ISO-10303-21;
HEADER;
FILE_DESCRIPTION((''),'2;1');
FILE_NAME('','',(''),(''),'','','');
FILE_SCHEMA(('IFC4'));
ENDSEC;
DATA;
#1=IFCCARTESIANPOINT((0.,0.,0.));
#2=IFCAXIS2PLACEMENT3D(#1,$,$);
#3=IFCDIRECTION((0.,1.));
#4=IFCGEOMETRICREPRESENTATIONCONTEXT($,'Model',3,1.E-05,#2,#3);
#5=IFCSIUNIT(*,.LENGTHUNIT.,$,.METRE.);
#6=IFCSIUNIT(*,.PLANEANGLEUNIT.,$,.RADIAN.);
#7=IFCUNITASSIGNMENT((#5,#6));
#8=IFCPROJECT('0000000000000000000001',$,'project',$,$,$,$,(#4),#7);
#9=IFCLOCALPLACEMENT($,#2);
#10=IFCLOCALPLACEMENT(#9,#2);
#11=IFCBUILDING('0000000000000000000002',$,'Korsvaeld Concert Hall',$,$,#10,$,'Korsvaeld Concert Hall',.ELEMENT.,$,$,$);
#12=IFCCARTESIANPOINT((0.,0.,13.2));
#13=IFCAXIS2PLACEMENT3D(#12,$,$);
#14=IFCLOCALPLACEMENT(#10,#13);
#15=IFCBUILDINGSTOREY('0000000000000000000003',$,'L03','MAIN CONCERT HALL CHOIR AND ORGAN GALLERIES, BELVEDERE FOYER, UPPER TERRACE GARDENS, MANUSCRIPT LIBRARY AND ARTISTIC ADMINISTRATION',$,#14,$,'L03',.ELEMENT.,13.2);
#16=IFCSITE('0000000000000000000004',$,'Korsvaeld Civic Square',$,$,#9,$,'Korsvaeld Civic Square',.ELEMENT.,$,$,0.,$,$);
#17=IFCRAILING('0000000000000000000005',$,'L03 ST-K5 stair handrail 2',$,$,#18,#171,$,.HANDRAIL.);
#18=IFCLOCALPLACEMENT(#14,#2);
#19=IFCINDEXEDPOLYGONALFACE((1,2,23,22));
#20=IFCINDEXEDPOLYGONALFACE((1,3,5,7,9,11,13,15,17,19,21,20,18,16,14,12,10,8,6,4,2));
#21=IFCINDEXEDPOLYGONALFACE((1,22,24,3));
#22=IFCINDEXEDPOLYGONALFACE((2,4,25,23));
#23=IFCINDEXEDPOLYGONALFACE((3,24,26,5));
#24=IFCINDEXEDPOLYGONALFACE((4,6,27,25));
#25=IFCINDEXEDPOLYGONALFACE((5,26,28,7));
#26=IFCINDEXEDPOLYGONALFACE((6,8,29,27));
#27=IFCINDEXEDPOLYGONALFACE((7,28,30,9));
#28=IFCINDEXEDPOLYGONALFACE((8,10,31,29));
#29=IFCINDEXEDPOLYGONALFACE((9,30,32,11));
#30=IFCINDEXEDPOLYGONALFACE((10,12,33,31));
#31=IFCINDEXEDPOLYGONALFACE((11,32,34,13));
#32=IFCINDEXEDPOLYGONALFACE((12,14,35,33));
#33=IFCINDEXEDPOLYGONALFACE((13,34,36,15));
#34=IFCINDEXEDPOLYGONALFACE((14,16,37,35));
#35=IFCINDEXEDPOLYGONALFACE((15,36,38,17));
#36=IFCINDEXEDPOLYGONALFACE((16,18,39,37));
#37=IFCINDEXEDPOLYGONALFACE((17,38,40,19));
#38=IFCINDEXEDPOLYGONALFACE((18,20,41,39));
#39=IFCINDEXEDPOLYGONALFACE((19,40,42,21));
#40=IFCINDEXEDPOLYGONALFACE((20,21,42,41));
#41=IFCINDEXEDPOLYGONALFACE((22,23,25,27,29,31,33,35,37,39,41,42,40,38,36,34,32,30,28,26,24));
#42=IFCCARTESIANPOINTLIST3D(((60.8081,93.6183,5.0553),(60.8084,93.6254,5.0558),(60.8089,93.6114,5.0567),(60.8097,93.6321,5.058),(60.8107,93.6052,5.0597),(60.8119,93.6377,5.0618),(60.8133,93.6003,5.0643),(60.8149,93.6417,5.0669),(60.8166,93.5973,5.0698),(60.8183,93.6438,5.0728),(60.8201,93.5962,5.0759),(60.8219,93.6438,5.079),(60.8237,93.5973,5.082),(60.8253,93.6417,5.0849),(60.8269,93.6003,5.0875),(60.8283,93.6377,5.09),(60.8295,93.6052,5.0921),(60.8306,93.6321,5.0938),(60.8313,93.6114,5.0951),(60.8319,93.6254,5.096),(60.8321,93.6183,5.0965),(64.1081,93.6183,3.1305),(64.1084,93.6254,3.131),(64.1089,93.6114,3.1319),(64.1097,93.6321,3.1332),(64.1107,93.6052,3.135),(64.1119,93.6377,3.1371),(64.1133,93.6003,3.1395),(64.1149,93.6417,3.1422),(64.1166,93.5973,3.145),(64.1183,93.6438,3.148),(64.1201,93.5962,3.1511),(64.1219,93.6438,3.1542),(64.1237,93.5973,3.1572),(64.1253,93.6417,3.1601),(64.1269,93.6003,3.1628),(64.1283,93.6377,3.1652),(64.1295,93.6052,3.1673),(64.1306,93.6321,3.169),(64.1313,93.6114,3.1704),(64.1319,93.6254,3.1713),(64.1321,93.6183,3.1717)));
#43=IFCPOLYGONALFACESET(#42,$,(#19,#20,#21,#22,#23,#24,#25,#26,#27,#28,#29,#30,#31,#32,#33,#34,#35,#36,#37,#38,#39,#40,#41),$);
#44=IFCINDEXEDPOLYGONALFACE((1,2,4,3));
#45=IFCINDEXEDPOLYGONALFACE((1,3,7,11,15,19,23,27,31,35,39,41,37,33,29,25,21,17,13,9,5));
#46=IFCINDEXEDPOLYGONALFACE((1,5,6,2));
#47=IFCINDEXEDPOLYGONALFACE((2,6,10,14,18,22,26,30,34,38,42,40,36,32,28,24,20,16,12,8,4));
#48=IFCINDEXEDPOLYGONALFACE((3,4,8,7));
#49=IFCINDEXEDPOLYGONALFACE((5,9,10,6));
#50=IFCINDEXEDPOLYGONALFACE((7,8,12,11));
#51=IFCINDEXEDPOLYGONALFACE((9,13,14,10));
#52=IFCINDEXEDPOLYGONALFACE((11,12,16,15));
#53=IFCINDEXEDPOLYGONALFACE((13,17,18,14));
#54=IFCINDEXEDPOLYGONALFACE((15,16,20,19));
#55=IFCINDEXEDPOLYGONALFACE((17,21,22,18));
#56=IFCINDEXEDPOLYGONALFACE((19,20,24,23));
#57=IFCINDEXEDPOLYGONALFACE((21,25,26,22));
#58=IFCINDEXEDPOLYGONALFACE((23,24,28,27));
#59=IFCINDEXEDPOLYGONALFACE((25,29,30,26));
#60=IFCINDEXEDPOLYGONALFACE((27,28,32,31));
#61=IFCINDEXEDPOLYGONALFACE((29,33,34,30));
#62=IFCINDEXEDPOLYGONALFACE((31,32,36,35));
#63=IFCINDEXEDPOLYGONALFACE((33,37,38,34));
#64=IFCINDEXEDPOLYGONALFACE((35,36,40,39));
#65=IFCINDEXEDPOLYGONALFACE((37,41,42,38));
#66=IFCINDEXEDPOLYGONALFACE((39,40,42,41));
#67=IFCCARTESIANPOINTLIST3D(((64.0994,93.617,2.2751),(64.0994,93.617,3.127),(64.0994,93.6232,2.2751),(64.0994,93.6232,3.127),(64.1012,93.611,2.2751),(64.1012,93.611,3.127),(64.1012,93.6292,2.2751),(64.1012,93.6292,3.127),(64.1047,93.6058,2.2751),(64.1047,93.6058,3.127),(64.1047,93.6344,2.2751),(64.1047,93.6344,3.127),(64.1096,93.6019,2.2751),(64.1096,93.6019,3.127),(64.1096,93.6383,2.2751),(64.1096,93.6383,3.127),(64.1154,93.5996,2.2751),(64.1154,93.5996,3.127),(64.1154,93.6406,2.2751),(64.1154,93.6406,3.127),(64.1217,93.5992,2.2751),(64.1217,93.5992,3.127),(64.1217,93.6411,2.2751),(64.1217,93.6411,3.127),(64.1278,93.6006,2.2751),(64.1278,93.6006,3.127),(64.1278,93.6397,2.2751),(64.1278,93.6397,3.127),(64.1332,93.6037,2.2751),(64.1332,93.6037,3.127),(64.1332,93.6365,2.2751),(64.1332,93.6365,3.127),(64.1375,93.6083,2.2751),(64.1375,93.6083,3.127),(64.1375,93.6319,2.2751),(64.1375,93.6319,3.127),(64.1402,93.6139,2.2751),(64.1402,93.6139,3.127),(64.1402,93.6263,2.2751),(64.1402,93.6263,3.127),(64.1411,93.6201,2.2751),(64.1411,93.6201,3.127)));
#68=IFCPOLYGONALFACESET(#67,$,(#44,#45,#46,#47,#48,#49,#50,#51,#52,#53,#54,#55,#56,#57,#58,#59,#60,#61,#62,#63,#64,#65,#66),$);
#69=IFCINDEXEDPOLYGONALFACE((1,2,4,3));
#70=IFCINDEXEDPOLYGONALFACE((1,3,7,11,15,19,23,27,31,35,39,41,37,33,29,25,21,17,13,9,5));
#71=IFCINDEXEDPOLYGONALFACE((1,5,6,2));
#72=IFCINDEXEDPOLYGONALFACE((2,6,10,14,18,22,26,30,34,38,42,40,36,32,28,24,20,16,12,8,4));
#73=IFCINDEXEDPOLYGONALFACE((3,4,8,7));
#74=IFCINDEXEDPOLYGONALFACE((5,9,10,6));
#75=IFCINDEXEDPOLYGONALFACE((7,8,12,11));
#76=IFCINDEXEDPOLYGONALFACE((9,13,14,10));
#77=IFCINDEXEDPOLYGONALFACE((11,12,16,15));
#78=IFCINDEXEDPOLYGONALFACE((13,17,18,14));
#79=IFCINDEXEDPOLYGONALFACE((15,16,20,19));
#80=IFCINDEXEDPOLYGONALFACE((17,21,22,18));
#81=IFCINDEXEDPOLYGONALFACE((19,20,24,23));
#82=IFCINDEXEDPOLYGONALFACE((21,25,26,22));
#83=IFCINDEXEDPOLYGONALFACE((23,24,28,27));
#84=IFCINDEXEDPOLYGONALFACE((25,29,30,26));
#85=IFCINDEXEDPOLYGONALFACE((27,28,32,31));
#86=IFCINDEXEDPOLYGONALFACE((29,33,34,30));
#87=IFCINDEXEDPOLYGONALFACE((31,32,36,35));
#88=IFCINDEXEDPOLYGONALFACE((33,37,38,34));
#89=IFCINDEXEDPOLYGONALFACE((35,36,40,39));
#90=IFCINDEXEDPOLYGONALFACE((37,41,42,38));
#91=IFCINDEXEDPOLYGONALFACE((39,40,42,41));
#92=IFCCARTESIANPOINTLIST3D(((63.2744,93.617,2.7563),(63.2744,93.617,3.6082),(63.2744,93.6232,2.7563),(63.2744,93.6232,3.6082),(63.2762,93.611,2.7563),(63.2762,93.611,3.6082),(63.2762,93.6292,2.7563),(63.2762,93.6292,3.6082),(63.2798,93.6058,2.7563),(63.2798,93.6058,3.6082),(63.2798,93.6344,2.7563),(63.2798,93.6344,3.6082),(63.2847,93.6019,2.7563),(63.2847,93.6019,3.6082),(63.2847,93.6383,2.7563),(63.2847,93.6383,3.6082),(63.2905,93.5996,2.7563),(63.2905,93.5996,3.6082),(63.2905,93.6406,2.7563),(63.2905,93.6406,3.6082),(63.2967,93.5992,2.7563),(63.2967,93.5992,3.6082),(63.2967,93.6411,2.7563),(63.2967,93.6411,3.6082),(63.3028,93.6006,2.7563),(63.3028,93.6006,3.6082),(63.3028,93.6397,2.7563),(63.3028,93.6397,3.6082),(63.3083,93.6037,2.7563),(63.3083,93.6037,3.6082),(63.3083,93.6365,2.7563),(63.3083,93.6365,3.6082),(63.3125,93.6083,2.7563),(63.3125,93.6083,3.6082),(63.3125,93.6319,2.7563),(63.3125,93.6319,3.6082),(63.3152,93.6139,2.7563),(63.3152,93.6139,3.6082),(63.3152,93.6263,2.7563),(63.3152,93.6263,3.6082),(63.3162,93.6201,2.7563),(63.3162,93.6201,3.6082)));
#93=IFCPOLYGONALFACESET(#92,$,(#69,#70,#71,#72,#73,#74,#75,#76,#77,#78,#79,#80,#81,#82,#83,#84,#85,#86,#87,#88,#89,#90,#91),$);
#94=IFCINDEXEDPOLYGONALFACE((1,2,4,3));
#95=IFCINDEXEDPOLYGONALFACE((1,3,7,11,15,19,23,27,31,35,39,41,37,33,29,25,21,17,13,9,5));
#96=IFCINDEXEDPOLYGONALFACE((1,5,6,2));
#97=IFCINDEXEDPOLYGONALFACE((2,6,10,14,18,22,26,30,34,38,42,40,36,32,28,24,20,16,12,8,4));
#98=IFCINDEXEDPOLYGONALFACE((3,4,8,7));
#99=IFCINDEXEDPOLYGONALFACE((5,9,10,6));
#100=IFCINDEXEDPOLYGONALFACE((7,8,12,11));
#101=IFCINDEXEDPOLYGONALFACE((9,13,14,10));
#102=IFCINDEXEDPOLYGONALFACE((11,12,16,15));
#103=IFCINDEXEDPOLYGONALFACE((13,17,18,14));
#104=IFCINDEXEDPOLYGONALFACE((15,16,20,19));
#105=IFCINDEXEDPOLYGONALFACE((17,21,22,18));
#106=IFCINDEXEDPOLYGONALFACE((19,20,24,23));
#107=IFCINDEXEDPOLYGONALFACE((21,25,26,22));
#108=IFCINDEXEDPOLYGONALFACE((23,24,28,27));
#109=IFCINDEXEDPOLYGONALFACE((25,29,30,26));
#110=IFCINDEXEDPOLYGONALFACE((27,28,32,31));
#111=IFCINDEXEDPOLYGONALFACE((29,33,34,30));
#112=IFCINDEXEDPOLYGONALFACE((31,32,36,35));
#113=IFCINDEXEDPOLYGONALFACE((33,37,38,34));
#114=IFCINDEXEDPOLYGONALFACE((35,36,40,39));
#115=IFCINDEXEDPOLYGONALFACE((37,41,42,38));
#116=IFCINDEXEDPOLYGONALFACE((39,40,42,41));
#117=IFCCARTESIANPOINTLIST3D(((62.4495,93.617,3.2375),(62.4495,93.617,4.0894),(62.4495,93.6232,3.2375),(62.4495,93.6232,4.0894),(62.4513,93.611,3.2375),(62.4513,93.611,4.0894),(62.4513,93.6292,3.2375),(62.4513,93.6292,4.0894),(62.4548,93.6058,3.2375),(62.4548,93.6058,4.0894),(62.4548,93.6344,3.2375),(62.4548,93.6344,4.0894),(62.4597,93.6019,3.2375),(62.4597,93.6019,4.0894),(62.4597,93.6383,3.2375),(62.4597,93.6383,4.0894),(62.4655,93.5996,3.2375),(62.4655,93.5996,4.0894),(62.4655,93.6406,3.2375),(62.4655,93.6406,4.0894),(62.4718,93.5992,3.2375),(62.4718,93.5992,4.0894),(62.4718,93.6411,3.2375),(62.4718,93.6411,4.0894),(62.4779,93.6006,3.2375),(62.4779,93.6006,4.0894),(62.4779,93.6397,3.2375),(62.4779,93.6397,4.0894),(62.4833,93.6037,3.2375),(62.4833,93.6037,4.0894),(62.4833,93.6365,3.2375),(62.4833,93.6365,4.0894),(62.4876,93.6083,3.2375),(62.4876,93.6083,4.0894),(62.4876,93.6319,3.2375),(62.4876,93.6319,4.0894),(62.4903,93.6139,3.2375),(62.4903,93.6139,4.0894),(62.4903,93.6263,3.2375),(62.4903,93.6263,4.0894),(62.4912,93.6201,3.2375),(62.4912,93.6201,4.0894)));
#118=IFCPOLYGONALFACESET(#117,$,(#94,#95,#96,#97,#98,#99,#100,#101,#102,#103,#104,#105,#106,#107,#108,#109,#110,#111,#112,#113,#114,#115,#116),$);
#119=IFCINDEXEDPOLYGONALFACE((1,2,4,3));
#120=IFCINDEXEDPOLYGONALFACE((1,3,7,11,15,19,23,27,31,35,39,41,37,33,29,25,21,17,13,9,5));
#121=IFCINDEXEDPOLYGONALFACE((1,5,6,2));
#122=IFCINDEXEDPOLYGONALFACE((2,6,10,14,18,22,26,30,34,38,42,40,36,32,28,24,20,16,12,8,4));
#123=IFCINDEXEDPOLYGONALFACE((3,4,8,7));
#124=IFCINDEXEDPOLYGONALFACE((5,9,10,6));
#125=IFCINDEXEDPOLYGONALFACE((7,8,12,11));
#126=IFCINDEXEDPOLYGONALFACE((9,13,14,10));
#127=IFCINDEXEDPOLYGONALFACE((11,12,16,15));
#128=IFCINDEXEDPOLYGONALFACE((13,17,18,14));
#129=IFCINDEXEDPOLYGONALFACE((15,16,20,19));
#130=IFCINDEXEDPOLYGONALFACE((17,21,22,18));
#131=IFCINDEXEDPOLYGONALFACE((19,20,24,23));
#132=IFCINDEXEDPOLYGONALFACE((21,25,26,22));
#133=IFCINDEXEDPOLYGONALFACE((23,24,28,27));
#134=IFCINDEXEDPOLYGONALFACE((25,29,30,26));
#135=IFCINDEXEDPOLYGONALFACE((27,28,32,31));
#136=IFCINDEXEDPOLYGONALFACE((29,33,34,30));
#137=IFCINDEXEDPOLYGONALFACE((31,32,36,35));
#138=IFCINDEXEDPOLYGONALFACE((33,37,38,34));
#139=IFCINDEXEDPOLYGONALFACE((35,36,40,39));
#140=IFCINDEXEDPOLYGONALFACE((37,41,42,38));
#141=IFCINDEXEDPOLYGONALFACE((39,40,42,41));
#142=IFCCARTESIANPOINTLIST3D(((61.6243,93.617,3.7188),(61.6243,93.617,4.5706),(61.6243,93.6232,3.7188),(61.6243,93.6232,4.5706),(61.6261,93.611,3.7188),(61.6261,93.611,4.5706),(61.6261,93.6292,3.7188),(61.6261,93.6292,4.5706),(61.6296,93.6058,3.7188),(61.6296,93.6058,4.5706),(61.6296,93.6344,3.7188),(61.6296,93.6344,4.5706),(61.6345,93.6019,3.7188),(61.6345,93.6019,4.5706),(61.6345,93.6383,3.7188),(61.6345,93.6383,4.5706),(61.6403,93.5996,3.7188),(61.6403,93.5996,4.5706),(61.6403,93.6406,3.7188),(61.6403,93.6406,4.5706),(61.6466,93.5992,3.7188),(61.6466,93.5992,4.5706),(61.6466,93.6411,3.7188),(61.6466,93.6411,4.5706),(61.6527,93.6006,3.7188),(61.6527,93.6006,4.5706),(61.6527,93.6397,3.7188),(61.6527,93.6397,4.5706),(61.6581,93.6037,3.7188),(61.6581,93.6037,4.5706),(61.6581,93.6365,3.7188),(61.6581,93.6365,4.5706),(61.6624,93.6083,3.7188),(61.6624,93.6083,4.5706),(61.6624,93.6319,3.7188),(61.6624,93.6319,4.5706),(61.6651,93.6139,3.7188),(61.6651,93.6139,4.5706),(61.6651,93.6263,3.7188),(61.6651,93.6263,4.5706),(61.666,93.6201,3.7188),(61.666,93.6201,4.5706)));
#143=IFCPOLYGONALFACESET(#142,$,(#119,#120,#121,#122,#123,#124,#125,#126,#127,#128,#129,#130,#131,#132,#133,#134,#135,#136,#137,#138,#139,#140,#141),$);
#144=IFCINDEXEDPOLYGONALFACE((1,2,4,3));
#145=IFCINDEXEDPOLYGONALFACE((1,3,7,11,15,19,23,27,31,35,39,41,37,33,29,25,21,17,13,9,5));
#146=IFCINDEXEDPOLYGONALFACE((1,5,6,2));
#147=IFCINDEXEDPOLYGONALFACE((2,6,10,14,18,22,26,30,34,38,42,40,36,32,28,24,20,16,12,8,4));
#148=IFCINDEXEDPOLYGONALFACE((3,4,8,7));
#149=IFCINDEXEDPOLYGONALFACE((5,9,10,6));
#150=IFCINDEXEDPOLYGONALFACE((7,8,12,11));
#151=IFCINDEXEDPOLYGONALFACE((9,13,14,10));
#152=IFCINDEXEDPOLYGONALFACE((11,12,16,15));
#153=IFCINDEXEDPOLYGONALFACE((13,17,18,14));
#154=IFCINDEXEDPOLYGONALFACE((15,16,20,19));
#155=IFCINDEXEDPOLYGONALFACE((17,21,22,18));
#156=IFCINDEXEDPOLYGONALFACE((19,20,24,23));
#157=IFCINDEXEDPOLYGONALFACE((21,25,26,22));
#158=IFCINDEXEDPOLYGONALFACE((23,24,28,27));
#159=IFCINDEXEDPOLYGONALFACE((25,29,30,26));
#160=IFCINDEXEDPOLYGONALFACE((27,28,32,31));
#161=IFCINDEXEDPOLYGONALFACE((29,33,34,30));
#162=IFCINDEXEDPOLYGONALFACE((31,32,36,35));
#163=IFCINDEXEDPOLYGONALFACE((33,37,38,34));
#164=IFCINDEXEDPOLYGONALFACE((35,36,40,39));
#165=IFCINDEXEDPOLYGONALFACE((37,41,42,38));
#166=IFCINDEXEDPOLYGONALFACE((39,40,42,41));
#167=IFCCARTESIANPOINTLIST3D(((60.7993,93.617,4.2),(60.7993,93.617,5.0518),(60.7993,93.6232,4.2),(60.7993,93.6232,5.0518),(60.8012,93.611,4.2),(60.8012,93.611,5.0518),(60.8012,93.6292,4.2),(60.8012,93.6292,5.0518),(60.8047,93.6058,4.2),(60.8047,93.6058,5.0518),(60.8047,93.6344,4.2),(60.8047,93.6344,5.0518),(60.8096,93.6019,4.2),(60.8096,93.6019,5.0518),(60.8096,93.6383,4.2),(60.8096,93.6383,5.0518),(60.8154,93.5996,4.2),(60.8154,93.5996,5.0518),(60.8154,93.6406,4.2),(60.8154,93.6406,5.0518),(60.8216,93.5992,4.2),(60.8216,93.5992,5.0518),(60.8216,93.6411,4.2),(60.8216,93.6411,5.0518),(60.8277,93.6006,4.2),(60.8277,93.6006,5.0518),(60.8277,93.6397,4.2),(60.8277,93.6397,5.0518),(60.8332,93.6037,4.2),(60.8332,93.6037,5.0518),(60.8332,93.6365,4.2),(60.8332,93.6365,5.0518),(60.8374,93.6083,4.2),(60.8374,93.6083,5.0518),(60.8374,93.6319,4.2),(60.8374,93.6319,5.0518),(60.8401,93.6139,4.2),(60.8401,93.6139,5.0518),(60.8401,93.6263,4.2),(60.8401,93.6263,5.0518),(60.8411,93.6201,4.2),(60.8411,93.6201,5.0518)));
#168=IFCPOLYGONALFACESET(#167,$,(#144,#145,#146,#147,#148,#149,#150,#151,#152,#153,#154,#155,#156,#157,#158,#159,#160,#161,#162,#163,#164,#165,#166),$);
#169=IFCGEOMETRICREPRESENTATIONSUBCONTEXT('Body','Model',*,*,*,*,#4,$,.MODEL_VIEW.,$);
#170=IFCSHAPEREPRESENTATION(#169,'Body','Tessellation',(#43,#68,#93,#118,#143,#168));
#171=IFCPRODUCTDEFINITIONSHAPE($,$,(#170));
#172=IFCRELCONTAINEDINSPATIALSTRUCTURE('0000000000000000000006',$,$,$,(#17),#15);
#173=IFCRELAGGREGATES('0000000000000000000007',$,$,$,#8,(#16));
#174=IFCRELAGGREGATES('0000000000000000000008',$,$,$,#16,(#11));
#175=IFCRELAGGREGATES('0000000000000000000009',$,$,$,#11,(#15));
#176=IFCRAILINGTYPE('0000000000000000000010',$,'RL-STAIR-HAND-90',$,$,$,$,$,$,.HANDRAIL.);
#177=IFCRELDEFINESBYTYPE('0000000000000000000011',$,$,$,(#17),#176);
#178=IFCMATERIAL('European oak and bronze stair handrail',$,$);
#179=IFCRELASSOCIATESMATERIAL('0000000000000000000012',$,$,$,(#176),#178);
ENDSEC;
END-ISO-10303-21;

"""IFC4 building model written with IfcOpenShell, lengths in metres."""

from ifc_helpers import new_model, si_unit, direction, frame, origin, origin_2d, place, context, subcontext, project, spatial, circle, extrude, material, type_object, element, save


model = new_model("IFC4")

# Units and contexts
model_context = context("Model", 3, precision=1e-05, world=origin(), true_north=direction((0.0, 1.0)))
body_context = subcontext(model_context, "Body", "Model", "MODEL_VIEW")
ifc_project = project(units=[si_unit("LENGTHUNIT", "METRE"), si_unit("PLANEANGLEUNIT", "RADIAN")], contexts=[model_context])

# Site, building, storey
site_placement = place(None, origin())
site = spatial("IfcSite", under=ifc_project, at=site_placement, Name="Korsvaeld Civic Square", LongName="Korsvaeld Civic Square", CompositionType="ELEMENT", RefElevation=0.0)
building_placement = place(site_placement, origin())
building = spatial("IfcBuilding", under=site, at=building_placement, Name="Korsvaeld Concert Hall", LongName="Korsvaeld Concert Hall", CompositionType="ELEMENT")
storey_placement = place(building_placement, frame((0.0, 0.0, 13.2)))
storey = spatial("IfcBuildingStorey", under=building, at=storey_placement, Name="L03", Description="MAIN CONCERT HALL CHOIR AND ORGAN GALLERIES, BELVEDERE FOYER, UPPER TERRACE GARDENS, MANUSCRIPT LIBRARY AND ARTISTIC ADMINISTRATION", LongName="L03", CompositionType="ELEMENT", Elevation=13.2)

# Railing
ifc_material_1 = material(Name="European oak and bronze stair handrail")
railing_type = type_object("IfcRailingType", Name="RL-STAIR-HAND-90", PredefinedType="HANDRAIL", material=ifc_material_1)
railing_placement = place(storey_placement, frame((64.1201, 93.6201, 2.2751)))
element("IfcRailing", 1, at=railing_placement, inside=storey, type_object=railing_type, Name="L03 ST-K5 stair handrail 2", PredefinedType="HANDRAIL", context=body_context, shape_type="SweptSolid", body=[
    extrude(circle(Radius=0.0239, at=origin_2d()), frame((0.0, 0.0, 0.876), z_axis=(-0.863804, 0.0, 0.503827), x_axis=(0.0, -1.0, 0.0)), (0.0, 0.0, 1.0), 3.8203),
    extrude(circle(Radius=0.021, at=origin_2d()), origin(), (0.0, 0.0, 1.0), 0.8518),
    extrude(circle(Radius=0.021, at=origin_2d()), frame((-0.825, 0.0, 0.4812)), (0.0, 0.0, 1.0), 0.8518),
    extrude(circle(Radius=0.021, at=origin_2d()), frame((-1.6499, 0.0, 0.9624)), (0.0, 0.0, 1.0), 0.8518),
    extrude(circle(Radius=0.021, at=origin_2d()), frame((-2.4751, 0.0, 1.4436)), (0.0, 0.0, 1.0), 0.8518),
    extrude(circle(Radius=0.021, at=origin_2d()), frame((-3.3, 0.0, 1.9248)), (0.0, 0.0, 1.0), 0.8518),
])

save(model, "model.ifc")
